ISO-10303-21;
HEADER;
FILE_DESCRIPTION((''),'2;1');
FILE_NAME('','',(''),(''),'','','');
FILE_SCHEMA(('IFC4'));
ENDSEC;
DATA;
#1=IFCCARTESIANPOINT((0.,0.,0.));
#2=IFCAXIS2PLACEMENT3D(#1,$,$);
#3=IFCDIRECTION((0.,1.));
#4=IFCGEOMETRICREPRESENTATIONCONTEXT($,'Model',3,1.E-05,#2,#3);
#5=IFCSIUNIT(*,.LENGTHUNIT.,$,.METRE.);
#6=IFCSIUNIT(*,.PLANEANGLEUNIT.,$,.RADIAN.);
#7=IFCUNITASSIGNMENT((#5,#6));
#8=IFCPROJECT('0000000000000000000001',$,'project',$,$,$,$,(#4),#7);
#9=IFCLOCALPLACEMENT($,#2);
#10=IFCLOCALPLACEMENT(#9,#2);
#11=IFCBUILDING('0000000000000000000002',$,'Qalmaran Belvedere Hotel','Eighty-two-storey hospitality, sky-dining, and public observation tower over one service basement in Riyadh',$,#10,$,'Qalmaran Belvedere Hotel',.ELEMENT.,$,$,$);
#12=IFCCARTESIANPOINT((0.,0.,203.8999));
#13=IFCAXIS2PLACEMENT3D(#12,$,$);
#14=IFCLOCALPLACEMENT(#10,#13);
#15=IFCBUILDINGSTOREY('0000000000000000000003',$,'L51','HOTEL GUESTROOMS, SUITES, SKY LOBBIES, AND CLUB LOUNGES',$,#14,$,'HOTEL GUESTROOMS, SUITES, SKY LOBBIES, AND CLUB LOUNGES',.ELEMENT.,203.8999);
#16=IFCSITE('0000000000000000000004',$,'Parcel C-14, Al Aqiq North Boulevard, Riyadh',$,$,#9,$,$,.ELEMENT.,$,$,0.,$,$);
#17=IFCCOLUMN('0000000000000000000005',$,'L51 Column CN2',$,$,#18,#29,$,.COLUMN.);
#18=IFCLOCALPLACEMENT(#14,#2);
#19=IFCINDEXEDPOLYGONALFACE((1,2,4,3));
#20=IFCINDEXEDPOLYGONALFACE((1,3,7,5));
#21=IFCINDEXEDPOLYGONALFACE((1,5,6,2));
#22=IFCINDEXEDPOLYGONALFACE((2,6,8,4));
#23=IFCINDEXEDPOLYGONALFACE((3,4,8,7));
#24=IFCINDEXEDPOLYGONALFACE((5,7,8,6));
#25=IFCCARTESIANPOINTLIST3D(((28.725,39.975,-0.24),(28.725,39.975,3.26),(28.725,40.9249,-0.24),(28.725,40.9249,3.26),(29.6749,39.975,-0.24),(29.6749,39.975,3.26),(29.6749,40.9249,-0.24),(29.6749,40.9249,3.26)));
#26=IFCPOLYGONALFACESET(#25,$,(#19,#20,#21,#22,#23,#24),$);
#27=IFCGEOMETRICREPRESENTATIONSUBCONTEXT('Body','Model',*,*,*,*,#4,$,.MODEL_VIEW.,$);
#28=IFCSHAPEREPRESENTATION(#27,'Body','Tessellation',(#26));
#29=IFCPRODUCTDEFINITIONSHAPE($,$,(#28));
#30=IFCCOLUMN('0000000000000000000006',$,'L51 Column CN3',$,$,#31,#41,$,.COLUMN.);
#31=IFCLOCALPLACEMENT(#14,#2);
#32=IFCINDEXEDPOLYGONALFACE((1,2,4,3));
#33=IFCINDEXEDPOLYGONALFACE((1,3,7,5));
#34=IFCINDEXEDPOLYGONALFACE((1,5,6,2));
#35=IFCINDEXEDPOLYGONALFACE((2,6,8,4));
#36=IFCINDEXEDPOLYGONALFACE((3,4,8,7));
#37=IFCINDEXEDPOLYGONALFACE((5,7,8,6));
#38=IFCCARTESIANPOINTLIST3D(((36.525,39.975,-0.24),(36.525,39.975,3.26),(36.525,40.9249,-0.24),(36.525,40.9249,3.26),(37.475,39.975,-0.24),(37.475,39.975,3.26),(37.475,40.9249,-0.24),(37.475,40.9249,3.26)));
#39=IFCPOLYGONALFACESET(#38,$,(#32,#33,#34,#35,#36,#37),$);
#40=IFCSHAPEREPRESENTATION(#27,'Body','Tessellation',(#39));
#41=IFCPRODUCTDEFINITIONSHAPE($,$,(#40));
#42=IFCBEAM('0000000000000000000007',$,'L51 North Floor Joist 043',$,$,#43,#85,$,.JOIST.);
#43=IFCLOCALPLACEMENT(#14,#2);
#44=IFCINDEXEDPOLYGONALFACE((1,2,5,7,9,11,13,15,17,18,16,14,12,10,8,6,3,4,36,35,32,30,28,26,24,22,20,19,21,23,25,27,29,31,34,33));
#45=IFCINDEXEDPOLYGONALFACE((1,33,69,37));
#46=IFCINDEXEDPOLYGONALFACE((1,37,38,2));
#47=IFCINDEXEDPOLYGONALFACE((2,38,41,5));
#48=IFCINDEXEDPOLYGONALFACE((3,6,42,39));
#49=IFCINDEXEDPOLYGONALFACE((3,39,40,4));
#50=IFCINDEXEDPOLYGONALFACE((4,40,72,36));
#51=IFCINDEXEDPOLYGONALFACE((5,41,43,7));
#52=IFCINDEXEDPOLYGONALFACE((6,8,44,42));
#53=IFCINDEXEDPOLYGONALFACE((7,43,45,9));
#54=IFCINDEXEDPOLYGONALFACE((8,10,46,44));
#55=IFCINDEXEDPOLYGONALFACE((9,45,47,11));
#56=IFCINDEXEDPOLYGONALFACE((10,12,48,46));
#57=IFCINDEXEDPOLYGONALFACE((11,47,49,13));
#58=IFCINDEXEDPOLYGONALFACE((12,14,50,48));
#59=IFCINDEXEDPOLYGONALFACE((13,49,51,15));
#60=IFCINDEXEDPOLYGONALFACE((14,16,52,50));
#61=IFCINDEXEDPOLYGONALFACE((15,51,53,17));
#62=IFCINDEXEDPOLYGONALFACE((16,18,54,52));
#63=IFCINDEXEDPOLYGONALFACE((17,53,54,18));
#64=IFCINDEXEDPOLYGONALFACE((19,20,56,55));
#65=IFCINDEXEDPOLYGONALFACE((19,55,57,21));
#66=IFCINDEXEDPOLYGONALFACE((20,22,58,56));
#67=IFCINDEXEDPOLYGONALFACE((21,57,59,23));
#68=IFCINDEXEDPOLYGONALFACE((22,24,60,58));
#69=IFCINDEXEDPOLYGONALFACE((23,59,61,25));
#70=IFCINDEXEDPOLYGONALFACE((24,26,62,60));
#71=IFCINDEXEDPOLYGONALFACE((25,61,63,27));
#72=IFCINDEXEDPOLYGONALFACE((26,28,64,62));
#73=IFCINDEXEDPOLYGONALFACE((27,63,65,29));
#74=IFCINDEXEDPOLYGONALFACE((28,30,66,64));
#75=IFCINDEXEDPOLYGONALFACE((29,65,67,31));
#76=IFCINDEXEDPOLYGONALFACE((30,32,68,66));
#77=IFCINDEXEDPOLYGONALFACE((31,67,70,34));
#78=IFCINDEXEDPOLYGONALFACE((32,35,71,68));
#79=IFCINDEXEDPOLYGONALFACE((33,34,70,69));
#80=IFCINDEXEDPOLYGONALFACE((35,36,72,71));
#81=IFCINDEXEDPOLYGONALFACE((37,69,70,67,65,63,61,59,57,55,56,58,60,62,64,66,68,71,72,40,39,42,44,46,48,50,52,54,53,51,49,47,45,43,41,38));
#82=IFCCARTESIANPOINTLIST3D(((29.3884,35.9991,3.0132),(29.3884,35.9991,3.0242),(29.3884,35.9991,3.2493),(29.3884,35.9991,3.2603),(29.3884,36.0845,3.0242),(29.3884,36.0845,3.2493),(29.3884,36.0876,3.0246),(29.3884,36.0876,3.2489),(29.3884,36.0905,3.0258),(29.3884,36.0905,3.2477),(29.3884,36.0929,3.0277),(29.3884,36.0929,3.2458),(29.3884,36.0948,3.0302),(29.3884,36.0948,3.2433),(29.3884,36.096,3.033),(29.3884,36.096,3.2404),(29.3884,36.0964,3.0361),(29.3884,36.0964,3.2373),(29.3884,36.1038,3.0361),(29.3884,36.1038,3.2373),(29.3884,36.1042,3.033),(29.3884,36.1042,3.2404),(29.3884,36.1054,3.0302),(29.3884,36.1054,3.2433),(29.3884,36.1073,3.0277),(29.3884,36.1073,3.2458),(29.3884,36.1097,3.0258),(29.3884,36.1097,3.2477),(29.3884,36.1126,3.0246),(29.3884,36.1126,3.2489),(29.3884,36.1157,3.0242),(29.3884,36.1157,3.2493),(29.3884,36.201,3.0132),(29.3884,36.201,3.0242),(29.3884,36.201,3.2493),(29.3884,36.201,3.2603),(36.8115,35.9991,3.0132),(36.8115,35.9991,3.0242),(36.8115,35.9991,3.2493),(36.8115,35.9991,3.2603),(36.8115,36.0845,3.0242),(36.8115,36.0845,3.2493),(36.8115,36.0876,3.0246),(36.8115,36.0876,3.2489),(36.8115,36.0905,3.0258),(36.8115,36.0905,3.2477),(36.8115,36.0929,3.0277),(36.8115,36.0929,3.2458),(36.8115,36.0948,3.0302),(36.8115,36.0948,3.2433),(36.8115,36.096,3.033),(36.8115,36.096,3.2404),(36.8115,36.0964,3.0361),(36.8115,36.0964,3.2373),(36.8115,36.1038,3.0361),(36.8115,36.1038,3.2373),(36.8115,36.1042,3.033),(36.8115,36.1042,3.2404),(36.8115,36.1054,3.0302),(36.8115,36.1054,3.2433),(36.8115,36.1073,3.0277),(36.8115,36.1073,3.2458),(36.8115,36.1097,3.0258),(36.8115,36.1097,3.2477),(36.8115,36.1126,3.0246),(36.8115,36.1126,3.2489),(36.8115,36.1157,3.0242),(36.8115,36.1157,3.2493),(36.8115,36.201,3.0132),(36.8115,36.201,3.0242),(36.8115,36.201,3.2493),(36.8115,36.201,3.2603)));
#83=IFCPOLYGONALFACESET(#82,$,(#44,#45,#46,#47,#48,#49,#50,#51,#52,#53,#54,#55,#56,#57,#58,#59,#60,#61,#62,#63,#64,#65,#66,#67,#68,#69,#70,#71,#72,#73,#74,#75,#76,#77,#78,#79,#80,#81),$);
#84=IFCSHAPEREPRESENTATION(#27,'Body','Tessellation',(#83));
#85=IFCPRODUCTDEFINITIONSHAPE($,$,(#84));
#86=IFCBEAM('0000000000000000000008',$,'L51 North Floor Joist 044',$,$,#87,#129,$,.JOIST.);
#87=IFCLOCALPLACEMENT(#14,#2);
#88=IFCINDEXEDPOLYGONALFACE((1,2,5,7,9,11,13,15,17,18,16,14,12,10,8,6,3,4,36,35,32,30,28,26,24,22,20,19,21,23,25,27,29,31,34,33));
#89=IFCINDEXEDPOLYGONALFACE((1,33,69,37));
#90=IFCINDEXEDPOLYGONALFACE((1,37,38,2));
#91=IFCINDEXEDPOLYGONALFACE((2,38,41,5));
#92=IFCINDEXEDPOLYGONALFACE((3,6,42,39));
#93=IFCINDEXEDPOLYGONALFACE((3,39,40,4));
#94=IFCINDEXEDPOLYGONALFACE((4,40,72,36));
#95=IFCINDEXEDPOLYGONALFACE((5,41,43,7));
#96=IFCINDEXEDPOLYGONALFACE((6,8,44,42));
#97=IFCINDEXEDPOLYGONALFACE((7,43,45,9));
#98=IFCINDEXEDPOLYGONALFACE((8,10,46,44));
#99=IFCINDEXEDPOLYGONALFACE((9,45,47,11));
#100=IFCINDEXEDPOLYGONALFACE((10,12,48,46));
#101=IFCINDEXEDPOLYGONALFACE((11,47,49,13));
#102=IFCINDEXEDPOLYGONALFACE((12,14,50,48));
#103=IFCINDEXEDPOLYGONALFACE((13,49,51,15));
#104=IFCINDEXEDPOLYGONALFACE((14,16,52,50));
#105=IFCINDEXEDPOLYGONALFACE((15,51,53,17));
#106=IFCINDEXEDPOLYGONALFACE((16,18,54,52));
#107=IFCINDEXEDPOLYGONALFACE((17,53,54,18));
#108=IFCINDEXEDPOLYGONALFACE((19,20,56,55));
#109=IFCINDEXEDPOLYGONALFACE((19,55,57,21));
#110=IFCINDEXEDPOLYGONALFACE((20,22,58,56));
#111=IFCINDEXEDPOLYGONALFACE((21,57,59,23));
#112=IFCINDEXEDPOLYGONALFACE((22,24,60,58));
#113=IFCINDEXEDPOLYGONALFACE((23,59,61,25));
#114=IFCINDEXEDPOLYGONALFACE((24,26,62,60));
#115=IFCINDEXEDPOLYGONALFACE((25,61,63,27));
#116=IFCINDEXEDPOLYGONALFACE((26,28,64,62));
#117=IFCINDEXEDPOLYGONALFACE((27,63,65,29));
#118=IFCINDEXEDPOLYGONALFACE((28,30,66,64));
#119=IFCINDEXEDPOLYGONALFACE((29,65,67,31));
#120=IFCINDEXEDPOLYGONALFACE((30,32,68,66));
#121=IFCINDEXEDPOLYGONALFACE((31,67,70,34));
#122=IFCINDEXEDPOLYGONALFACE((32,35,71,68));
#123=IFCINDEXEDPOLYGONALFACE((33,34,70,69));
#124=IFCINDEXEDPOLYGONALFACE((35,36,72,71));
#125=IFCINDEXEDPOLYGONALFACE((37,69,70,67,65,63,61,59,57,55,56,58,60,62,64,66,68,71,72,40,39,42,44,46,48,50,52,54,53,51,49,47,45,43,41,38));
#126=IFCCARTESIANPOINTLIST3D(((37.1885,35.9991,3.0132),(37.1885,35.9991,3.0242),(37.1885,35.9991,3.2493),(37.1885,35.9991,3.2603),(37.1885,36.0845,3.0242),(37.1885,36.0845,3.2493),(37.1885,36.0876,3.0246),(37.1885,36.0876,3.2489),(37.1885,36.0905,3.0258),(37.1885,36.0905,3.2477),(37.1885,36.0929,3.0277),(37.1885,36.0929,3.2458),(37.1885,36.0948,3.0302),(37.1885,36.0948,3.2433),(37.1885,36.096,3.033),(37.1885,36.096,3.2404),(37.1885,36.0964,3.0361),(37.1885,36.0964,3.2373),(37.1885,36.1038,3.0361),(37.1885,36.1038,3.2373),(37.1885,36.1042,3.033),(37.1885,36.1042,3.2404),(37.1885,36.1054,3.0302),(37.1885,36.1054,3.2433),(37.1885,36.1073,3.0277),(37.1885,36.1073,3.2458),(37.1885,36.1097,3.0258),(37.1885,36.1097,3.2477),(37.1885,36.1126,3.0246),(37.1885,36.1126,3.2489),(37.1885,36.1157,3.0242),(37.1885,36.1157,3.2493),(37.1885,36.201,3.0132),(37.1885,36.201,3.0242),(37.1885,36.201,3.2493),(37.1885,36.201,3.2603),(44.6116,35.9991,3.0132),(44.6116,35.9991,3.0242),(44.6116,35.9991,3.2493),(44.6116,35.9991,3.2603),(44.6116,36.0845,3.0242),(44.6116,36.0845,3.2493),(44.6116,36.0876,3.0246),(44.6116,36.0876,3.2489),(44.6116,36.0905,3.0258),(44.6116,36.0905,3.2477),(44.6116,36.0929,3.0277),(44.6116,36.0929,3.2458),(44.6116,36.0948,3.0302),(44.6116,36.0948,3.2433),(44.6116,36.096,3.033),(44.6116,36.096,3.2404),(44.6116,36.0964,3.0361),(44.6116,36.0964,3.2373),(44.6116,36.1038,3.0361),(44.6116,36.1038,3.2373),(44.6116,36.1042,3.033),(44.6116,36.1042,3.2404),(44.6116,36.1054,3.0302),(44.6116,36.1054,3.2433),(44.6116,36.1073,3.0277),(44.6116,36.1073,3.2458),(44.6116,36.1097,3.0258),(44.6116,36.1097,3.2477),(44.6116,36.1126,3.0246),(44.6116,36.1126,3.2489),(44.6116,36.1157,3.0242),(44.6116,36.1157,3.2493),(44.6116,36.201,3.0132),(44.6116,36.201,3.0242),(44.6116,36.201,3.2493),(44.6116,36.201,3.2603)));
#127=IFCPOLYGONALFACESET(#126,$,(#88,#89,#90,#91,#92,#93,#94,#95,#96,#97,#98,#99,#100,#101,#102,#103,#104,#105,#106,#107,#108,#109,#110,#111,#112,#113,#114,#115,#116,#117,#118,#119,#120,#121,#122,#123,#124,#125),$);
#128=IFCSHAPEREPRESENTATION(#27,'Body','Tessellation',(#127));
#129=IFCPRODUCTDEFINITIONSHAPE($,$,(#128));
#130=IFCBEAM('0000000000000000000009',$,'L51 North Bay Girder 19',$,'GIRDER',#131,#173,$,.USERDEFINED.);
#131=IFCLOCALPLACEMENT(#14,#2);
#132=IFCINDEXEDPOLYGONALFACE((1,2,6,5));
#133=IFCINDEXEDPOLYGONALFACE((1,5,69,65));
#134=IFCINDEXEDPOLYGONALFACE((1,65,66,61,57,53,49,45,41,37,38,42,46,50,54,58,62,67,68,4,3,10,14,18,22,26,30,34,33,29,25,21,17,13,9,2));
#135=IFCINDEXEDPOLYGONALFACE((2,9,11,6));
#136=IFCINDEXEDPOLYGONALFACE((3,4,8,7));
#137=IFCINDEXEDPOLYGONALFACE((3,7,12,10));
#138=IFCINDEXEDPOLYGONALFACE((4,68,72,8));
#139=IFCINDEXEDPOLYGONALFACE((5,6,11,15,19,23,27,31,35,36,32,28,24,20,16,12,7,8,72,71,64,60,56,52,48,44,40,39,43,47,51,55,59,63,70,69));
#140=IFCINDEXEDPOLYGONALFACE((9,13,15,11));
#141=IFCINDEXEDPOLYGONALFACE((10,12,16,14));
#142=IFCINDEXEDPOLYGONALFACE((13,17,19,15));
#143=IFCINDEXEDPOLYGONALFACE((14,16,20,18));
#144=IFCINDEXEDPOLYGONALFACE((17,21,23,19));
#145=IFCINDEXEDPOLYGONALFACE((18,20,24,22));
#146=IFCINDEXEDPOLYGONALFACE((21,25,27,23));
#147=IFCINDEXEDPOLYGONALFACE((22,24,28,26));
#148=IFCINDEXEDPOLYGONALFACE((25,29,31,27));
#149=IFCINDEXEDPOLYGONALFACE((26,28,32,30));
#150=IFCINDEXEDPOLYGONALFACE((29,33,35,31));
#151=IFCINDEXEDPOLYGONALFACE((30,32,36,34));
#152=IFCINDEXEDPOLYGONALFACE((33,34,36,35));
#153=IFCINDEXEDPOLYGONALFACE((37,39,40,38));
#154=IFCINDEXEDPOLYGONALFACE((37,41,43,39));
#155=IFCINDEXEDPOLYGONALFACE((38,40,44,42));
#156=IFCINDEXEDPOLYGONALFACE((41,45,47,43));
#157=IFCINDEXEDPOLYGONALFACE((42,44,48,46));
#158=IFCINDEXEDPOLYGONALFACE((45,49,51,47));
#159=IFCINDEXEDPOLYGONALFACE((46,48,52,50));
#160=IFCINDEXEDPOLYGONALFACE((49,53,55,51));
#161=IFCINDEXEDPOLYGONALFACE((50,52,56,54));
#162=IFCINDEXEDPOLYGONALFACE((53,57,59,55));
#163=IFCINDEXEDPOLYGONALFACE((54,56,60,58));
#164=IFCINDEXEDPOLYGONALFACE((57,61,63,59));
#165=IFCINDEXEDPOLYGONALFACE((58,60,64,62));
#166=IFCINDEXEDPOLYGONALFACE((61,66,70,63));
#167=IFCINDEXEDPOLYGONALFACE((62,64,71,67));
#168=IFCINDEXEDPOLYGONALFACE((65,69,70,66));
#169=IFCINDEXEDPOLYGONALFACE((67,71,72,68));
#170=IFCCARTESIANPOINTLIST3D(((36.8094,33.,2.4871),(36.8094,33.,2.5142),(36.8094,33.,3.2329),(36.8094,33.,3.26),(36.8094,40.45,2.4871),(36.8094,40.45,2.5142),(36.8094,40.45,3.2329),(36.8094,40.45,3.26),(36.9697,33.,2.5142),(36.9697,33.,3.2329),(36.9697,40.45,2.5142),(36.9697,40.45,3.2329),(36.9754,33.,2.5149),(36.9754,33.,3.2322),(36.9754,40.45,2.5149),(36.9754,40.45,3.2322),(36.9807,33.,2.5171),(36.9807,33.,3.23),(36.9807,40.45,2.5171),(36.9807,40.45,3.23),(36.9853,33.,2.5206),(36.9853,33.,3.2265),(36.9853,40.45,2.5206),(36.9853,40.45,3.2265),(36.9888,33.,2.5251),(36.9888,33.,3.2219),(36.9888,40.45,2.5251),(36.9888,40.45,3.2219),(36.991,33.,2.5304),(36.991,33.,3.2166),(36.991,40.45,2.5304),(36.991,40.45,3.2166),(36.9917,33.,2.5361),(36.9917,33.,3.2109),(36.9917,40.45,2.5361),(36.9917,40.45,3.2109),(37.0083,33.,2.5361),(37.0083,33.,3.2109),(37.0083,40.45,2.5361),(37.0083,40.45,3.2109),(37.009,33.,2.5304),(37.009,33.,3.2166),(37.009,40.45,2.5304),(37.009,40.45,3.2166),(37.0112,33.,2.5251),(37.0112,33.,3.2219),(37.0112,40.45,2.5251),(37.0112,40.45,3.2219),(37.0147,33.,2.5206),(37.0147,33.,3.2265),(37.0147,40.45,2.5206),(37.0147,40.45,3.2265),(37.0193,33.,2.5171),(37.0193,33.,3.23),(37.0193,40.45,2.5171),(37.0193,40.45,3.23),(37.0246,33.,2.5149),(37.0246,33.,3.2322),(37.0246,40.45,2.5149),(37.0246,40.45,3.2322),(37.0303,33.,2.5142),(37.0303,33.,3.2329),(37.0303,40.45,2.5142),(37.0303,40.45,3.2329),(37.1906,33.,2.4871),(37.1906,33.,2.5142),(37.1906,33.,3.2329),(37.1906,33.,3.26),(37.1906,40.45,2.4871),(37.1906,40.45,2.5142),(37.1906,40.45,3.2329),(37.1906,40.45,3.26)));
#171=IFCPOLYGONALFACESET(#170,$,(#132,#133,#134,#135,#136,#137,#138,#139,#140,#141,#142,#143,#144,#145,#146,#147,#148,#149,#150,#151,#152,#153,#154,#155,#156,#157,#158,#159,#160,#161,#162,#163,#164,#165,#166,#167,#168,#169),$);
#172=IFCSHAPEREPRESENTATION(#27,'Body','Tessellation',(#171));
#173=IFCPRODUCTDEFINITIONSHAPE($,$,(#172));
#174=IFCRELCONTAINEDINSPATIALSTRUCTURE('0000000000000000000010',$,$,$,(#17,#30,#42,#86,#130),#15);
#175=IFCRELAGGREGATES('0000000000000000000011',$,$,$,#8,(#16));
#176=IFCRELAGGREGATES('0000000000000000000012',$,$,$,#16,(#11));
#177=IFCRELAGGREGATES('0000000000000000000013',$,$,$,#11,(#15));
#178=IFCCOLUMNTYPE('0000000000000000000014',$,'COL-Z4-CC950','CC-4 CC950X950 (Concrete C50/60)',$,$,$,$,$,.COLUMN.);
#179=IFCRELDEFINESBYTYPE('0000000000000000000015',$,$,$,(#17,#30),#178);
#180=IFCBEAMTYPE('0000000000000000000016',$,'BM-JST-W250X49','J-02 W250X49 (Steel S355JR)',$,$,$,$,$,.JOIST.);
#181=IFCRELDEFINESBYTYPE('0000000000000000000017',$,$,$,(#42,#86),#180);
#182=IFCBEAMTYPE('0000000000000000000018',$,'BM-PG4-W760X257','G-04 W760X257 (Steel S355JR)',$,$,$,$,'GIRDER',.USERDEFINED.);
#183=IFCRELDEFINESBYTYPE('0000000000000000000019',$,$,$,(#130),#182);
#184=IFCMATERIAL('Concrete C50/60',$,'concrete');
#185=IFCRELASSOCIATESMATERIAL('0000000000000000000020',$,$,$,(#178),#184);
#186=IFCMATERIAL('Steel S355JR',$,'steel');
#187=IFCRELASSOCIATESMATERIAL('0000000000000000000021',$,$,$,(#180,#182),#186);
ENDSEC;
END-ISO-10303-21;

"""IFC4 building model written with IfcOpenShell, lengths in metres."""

from ifc_helpers import new_model, si_unit, direction, frame, origin, origin_2d, place, context, subcontext, project, spatial, rectangle, i_section, extrude, material, material_profile, profile_set, type_object, element, save


model = new_model("IFC4")

# Units and contexts
model_context = context("Model", 3, precision=1e-05, world=origin(), true_north=direction((0.0, 1.0)))
body_context = subcontext(model_context, "Body", "Model", "MODEL_VIEW")
ifc_project = project(units=[si_unit("LENGTHUNIT", "METRE"), si_unit("PLANEANGLEUNIT", "RADIAN")], contexts=[model_context])

# Site, building, storey
site_placement = place(None, origin())
site = spatial("IfcSite", under=ifc_project, at=site_placement, Name="Parcel C-14, Al Aqiq North Boulevard, Riyadh", CompositionType="ELEMENT", RefElevation=0.0)
building_placement = place(site_placement, origin())
building = spatial("IfcBuilding", under=site, at=building_placement, Name="Qalmaran Belvedere Hotel", Description="Eighty-two-storey hospitality, sky-dining, and public observation tower over one service basement in Riyadh", LongName="Qalmaran Belvedere Hotel", CompositionType="ELEMENT")
storey_placement = place(building_placement, frame((0.0, 0.0, 203.8999)))
storey = spatial("IfcBuildingStorey", under=building, at=storey_placement, Name="L51", Description="HOTEL GUESTROOMS, SUITES, SKY LOBBIES, AND CLUB LOUNGES", LongName="HOTEL GUESTROOMS, SUITES, SKY LOBBIES, AND CLUB LOUNGES", CompositionType="ELEMENT", Elevation=203.8999)

# Columns
ifc_material_1 = material(Name="Concrete C50/60", Category="concrete")
ifc_material_profile_1 = material_profile(ifc_material_1, rectangle(XDim=0.95, YDim=0.95, at=origin_2d()), Name="CC950X950")
ifc_profile_set_1 = profile_set([ifc_material_profile_1], Name="Concrete C50/60")
column_type = type_object("IfcColumnType", Name="COL-Z4-CC950", Description="CC-4 CC950X950 (Concrete C50/60)", PredefinedType="COLUMN", material=ifc_profile_set_1)
for number, where, z_axis, x_axis, name in (
    (1, (29.2, 40.45, -0.24), (0.0, 0.0, 1.0), (1.0, 0.0, 0.0), "L51 Column CN2"),
    (2, (37.0, 40.45, -0.24), (0.0, 0.0, 1.0), (1.0, 0.0, 0.0), "L51 Column CN3"),
):
    element("IfcColumn", number, at=place(storey_placement, frame(where, z_axis=z_axis, x_axis=x_axis)), inside=storey, type_object=column_type, Name=name, PredefinedType="COLUMN", context=body_context, shape_type="SweptSolid", body=[
        extrude(rectangle(XDim=0.95, YDim=0.95, at=origin_2d()), origin(), (0.0, 0.0, 1.0), 3.5),
    ])

# Beams
ifc_material_2 = material(Name="Steel S355JR", Category="steel")
ifc_material_profile_2 = material_profile(ifc_material_2, i_section(OverallWidth=0.2019, OverallDepth=0.2471, WebThickness=0.0073, FlangeThickness=0.011, FilletRadius=0.012, at=origin_2d()), Name="W250X49")
ifc_profile_set_2 = profile_set([ifc_material_profile_2], Name="Steel S355JR")
beam_type_1 = type_object("IfcBeamType", Name="BM-JST-W250X49", Description="J-02 W250X49 (Steel S355JR)", PredefinedType="JOIST", material=ifc_profile_set_2)
for number, where, z_axis, x_axis, name in (
    (3, (29.3884, 36.1001, 3.1367), (1.0, 0.0, 0.0), (0.0, 1.0, 0.0), "L51 North Floor Joist 043"),
    (4, (37.1885, 36.1001, 3.1367), (1.0, 0.0, 0.0), (0.0, 1.0, 0.0), "L51 North Floor Joist 044"),
):
    element("IfcBeam", number, at=place(storey_placement, frame(where, z_axis=z_axis, x_axis=x_axis)), inside=storey, type_object=beam_type_1, Name=name, PredefinedType="JOIST", context=body_context, shape_type="SweptSolid", body=[
        extrude(i_section(OverallWidth=0.2019, OverallDepth=0.2471, WebThickness=0.0073, FlangeThickness=0.011, FilletRadius=0.012, at=origin_2d()), origin(), (0.0, 0.0, 1.0), 7.4231),
    ])
ifc_material_profile_3 = material_profile(ifc_material_2, i_section(OverallWidth=0.3811, OverallDepth=0.7729, WebThickness=0.0166, FlangeThickness=0.0271, FilletRadius=0.022, at=origin_2d()), Name="W760X257")
ifc_profile_set_3 = profile_set([ifc_material_profile_3], Name="Steel S355JR")
beam_type_2 = type_object("IfcBeamType", Name="BM-PG4-W760X257", Description="G-04 W760X257 (Steel S355JR)", ElementType="GIRDER", PredefinedType="USERDEFINED", material=ifc_profile_set_3)
beam_placement = place(storey_placement, frame((37.0, 33.0, 2.8735), z_axis=(0.0, 1.0, 0.0), x_axis=(-1.0, 0.0, 0.0)))
element("IfcBeam", 5, at=beam_placement, inside=storey, type_object=beam_type_2, Name="L51 North Bay Girder 19", ObjectType="GIRDER", PredefinedType="USERDEFINED", context=body_context, shape_type="SweptSolid", body=[
    extrude(i_section(OverallWidth=0.3811, OverallDepth=0.7729, WebThickness=0.0166, FlangeThickness=0.0271, FilletRadius=0.022, at=origin_2d()), origin(), (0.0, 0.0, 1.0), 7.45),
])

save(model, "model.ifc")
